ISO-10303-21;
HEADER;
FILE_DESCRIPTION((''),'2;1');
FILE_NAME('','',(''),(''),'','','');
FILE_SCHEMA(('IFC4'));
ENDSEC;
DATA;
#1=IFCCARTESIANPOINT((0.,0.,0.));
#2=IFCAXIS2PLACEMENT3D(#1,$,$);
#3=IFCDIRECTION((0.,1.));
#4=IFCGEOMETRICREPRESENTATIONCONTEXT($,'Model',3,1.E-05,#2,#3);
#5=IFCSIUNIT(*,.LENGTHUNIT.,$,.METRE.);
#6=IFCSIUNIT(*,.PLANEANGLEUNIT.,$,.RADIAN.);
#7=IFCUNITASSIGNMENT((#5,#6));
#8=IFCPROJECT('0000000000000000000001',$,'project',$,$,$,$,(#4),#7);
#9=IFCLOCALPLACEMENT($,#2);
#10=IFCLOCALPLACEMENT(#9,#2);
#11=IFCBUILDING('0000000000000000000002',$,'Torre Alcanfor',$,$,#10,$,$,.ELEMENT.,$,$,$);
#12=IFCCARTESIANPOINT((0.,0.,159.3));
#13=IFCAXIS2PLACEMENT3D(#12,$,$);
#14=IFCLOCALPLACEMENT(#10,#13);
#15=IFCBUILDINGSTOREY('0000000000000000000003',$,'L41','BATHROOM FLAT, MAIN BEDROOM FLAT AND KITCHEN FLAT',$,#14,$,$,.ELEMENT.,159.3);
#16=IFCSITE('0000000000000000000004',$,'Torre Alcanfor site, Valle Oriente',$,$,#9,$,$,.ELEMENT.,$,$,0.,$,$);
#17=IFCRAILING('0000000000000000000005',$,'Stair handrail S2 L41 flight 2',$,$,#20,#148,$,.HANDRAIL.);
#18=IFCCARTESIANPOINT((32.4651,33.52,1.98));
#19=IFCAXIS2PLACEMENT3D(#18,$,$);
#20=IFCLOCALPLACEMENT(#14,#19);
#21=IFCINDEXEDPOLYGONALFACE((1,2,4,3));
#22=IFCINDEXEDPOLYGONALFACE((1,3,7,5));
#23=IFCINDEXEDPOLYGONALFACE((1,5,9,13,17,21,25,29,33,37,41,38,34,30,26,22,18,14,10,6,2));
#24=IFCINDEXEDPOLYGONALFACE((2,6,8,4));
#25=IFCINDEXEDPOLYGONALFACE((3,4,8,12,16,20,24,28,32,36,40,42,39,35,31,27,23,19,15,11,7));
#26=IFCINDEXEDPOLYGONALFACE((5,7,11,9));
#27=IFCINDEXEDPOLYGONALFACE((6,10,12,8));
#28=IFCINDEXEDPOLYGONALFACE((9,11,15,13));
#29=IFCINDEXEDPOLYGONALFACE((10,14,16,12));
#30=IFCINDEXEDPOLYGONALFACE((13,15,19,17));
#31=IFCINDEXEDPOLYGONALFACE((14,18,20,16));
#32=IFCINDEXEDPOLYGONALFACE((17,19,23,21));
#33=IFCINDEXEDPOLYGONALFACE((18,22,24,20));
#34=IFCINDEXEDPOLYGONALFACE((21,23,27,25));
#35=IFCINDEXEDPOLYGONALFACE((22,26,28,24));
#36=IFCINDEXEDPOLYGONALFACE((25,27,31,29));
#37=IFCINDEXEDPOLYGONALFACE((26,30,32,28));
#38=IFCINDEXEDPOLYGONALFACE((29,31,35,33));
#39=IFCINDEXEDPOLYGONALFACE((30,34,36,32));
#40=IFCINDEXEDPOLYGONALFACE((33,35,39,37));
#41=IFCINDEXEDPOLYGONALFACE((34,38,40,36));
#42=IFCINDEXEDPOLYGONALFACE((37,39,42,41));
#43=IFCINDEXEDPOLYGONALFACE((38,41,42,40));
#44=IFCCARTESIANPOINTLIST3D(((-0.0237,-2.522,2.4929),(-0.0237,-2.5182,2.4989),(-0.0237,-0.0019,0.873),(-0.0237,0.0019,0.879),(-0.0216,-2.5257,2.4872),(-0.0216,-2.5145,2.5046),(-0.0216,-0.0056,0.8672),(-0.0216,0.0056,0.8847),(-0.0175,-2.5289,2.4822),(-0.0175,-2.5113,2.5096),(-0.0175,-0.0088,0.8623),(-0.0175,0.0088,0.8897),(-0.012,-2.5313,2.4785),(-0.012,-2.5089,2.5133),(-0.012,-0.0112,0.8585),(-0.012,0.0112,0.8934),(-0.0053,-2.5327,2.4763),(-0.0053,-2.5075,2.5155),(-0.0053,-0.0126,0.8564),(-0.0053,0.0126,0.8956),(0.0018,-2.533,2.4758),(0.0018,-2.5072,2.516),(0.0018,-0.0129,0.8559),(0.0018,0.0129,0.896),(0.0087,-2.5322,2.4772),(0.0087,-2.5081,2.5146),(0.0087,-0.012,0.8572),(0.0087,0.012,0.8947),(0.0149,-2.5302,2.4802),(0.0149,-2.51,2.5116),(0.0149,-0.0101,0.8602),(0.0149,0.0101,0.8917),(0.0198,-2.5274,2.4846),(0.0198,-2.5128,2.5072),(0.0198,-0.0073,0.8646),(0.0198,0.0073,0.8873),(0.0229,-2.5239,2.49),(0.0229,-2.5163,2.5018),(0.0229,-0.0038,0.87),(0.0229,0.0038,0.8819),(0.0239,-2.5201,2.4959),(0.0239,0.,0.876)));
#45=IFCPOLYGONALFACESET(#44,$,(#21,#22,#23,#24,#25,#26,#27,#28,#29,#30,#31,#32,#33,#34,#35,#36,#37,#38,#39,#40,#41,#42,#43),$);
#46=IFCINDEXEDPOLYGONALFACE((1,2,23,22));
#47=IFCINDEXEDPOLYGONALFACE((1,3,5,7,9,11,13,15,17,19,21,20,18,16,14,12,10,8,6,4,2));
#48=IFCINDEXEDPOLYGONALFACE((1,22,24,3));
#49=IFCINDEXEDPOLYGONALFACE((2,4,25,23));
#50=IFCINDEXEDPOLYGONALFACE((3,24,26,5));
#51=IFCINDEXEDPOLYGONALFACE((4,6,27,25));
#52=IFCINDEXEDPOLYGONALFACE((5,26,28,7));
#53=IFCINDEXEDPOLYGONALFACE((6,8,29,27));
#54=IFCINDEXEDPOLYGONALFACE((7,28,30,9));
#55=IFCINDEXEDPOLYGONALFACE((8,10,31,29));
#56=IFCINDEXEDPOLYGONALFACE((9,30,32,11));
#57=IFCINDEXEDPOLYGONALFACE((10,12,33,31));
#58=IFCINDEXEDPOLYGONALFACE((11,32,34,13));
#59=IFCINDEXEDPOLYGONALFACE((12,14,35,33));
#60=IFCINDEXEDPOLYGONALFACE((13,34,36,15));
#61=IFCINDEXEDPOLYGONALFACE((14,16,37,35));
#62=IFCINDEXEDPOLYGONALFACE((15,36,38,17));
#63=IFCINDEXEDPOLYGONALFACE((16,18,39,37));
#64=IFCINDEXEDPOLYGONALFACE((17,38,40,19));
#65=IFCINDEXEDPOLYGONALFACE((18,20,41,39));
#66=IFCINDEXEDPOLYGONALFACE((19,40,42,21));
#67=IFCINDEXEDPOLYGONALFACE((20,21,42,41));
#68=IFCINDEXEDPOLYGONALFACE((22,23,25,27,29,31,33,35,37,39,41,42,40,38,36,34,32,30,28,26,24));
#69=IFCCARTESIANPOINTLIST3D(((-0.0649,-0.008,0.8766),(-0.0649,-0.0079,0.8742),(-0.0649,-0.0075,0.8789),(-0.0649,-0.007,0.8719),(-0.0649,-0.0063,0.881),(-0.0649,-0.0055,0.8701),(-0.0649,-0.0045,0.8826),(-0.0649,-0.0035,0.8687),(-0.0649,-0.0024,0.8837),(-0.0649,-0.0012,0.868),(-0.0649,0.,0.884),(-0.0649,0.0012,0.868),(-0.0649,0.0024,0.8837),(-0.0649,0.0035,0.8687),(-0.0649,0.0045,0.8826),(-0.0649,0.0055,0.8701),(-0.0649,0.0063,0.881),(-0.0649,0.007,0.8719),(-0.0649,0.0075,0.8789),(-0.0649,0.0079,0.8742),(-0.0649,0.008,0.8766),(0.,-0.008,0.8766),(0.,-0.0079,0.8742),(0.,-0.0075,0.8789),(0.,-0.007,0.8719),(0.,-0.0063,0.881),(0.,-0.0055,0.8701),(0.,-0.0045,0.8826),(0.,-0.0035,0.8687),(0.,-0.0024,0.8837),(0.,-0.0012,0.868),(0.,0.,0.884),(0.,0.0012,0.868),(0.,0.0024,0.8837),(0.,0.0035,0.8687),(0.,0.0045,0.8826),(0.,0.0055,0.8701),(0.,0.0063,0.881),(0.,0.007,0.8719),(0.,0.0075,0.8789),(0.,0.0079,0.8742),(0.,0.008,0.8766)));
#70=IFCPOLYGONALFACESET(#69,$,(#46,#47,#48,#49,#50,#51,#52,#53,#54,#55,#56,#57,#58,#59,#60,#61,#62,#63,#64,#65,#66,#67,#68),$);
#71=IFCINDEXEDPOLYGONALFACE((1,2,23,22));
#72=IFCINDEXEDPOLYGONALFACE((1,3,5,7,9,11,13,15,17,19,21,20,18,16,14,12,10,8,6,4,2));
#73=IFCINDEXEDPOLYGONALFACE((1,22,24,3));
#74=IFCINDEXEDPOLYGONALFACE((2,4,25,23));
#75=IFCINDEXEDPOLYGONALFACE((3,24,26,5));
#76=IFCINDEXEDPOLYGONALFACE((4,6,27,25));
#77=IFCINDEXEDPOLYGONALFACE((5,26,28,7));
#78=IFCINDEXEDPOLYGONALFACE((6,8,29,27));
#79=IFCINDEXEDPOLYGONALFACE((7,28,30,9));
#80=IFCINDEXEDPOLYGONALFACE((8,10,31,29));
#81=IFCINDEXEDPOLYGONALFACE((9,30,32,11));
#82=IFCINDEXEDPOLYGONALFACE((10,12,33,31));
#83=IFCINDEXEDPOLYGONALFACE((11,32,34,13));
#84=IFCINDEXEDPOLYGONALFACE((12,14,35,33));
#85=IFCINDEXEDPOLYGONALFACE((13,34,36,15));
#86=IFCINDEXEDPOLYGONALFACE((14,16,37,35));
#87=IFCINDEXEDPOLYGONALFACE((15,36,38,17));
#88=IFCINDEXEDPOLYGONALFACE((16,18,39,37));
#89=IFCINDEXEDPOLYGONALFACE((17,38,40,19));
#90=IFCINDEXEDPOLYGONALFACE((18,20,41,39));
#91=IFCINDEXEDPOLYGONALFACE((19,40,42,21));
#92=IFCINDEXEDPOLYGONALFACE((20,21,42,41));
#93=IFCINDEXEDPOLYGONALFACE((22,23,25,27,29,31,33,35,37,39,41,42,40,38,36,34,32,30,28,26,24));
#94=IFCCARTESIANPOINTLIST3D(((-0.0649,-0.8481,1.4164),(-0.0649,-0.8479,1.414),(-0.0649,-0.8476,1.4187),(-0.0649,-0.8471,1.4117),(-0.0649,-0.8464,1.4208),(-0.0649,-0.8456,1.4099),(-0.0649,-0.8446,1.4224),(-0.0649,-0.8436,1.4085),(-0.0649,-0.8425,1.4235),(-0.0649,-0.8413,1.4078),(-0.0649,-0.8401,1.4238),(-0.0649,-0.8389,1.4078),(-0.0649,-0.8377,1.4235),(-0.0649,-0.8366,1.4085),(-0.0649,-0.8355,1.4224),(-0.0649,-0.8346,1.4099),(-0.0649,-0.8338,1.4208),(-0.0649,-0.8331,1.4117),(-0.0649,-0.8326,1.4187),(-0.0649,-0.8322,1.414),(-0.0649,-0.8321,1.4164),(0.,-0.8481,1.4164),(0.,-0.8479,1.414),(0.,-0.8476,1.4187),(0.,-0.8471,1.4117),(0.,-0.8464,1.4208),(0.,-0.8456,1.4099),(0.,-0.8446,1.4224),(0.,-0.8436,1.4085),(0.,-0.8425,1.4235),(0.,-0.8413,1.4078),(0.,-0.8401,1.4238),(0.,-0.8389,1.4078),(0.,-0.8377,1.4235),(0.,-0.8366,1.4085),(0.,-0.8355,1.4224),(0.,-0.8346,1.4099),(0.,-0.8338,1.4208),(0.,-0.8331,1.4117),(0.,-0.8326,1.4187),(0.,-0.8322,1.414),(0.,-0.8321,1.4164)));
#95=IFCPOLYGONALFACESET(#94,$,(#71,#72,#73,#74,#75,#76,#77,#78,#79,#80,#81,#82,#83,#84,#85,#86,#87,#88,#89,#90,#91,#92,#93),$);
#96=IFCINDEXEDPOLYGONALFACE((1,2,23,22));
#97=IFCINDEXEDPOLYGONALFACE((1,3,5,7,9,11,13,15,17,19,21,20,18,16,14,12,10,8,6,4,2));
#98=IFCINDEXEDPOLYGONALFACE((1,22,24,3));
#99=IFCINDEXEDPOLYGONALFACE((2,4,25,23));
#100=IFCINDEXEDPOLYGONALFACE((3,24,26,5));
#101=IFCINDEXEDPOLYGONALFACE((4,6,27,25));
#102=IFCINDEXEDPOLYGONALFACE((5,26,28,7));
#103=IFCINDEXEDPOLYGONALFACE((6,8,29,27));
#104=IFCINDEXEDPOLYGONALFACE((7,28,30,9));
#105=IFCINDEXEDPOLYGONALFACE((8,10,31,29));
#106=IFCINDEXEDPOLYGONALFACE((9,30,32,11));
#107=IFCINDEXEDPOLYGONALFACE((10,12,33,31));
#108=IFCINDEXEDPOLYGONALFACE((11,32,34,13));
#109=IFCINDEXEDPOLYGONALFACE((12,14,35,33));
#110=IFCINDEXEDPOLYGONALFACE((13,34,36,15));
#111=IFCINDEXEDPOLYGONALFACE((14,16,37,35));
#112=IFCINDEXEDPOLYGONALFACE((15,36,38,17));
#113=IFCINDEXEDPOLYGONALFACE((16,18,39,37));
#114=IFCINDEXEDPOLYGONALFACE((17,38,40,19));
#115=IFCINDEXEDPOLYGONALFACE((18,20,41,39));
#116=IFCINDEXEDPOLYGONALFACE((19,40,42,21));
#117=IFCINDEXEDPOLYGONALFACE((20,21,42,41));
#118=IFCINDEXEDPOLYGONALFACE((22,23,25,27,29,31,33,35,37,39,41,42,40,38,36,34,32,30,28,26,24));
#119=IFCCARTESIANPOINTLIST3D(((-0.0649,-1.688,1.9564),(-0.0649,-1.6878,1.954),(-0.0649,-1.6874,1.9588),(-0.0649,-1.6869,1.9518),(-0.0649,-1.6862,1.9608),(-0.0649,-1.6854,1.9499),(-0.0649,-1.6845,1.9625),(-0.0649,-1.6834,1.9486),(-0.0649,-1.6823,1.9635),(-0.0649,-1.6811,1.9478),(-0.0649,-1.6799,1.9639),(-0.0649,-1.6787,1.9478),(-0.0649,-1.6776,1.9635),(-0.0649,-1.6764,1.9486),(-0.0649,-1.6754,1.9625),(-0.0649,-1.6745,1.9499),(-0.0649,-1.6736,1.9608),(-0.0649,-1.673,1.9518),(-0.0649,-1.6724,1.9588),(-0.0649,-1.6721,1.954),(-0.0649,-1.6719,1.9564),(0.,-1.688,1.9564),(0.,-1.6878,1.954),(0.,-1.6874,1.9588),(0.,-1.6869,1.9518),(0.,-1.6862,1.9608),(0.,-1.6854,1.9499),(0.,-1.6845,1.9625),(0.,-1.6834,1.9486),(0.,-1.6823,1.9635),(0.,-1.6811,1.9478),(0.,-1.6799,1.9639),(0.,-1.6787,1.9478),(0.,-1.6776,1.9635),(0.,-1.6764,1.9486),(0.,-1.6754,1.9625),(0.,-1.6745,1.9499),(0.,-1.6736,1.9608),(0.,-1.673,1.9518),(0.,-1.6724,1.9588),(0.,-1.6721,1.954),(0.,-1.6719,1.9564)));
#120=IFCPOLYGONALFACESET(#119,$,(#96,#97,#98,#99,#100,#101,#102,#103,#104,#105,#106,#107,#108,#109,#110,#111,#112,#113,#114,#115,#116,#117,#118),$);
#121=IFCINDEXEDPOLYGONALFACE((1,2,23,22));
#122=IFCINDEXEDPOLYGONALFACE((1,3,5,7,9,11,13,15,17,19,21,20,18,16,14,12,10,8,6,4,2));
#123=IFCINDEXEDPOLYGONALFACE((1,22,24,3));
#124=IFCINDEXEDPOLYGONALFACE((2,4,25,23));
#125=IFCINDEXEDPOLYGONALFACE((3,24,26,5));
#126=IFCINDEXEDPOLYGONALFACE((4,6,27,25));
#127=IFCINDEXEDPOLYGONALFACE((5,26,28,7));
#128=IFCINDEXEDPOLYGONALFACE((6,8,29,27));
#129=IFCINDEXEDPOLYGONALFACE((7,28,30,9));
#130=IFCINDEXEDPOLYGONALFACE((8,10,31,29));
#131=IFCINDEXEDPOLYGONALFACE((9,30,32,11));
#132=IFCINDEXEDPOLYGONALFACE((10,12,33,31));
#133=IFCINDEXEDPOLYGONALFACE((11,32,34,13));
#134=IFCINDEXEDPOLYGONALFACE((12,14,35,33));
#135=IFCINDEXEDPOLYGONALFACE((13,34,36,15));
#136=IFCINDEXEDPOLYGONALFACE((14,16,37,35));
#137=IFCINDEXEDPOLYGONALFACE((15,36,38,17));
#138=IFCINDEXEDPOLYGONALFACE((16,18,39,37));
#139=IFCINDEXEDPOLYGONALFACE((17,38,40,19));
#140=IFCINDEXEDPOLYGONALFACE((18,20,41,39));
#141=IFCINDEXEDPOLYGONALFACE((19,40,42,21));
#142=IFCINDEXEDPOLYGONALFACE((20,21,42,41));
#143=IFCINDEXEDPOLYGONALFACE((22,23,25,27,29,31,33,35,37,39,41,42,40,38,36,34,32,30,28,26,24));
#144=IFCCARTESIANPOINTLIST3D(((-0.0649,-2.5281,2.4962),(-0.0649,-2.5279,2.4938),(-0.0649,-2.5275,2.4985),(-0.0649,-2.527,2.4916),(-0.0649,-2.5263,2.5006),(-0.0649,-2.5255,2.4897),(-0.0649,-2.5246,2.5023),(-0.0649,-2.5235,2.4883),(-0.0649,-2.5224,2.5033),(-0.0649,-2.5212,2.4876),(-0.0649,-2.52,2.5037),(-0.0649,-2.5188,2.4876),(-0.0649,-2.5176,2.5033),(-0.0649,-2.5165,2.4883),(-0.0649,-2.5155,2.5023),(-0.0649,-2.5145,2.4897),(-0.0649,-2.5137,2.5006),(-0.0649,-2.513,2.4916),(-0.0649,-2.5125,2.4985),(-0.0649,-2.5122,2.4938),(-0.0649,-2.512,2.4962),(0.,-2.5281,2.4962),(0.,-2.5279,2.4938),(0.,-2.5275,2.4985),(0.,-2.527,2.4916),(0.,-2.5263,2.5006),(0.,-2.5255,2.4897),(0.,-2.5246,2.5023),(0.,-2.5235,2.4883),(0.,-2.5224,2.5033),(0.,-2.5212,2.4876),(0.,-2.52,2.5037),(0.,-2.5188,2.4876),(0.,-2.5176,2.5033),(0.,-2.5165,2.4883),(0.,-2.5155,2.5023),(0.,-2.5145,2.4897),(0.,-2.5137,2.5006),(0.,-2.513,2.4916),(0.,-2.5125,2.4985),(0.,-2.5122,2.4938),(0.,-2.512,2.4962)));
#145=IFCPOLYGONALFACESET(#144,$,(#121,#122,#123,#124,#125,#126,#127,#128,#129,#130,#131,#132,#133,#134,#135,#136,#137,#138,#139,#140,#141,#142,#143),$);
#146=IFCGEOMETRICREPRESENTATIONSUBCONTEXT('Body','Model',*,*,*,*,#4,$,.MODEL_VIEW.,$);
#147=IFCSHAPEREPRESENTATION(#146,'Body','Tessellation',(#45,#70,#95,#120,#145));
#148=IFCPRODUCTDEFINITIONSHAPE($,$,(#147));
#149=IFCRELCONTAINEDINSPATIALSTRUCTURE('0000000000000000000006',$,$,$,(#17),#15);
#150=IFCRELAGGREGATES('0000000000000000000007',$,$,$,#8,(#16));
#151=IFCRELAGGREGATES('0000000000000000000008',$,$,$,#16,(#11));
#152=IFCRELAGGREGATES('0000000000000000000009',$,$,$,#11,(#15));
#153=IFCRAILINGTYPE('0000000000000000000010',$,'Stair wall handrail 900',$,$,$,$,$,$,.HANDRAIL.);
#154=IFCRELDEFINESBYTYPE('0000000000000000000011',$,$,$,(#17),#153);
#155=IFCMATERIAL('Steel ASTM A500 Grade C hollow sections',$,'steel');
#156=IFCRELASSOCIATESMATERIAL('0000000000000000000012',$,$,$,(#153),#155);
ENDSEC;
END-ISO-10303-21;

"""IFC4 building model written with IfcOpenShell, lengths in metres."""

from ifc_helpers import new_model, si_unit, direction, frame, origin, origin_2d, place, context, subcontext, project, spatial, circle, extrude, material, type_object, element, save


model = new_model("IFC4")

# Units and contexts
model_context = context("Model", 3, precision=1e-05, world=origin(), true_north=direction((0.0, 1.0)))
body_context = subcontext(model_context, "Body", "Model", "MODEL_VIEW")
ifc_project = project(units=[si_unit("LENGTHUNIT", "METRE"), si_unit("PLANEANGLEUNIT", "RADIAN")], contexts=[model_context])

# Site, building, storey
site_placement = place(None, origin())
site = spatial("IfcSite", under=ifc_project, at=site_placement, Name="Torre Alcanfor site, Valle Oriente", CompositionType="ELEMENT", RefElevation=0.0)
building_placement = place(site_placement, origin())
building = spatial("IfcBuilding", under=site, at=building_placement, Name="Torre Alcanfor", CompositionType="ELEMENT")
storey_placement = place(building_placement, frame((0.0, 0.0, 159.3)))
storey = spatial("IfcBuildingStorey", under=building, at=storey_placement, Name="L41", Description="BATHROOM FLAT, MAIN BEDROOM FLAT AND KITCHEN FLAT", CompositionType="ELEMENT", Elevation=159.3)

# Railing
ifc_material_1 = material(Name="Steel ASTM A500 Grade C hollow sections", Category="steel")
railing_type_1 = type_object("IfcRailingType", Name="Stair wall handrail 900", PredefinedType="HANDRAIL", material=ifc_material_1)
railing_1_placement = place(storey_placement, frame((32.4651, 33.52, 1.98)))
element("IfcRailing", 1, at=railing_1_placement, inside=storey, type_object=railing_type_1, Name="Stair handrail S2 L41 flight 2", PredefinedType="HANDRAIL", context=body_context, shape_type="SweptSolid", body=[
    extrude(circle(Radius=0.0239, at=origin_2d()), frame((0.0, 0.0, 0.876), z_axis=(0.0, -0.8412, 0.540725), x_axis=(1.0, 0.0, 0.0)), (0.0, 0.0, 1.0), 2.9958),
    extrude(circle(Radius=0.0081, at=origin_2d()), frame((0.0, 0.0, 0.876), z_axis=(-1.0, 0.0, 0.0), x_axis=(0.0, 0.0, 1.0)), (0.0, 0.0, 1.0), 0.0649),
    extrude(circle(Radius=0.0081, at=origin_2d()), frame((0.0, -0.8401, 1.4158), z_axis=(-1.0, 0.0, 0.0), x_axis=(0.0, 0.0, 1.0)), (0.0, 0.0, 1.0), 0.0649),
    extrude(circle(Radius=0.0081, at=origin_2d()), frame((0.0, -1.6799, 1.9558), z_axis=(-1.0, 0.0, 0.0), x_axis=(0.0, 0.0, 1.0)), (0.0, 0.0, 1.0), 0.0649),
    extrude(circle(Radius=0.0081, at=origin_2d()), frame((0.0, -2.52, 2.4956), z_axis=(-1.0, 0.0, 0.0), x_axis=(0.0, 0.0, 1.0)), (0.0, 0.0, 1.0), 0.0649),
])

save(model, "model.ifc")
